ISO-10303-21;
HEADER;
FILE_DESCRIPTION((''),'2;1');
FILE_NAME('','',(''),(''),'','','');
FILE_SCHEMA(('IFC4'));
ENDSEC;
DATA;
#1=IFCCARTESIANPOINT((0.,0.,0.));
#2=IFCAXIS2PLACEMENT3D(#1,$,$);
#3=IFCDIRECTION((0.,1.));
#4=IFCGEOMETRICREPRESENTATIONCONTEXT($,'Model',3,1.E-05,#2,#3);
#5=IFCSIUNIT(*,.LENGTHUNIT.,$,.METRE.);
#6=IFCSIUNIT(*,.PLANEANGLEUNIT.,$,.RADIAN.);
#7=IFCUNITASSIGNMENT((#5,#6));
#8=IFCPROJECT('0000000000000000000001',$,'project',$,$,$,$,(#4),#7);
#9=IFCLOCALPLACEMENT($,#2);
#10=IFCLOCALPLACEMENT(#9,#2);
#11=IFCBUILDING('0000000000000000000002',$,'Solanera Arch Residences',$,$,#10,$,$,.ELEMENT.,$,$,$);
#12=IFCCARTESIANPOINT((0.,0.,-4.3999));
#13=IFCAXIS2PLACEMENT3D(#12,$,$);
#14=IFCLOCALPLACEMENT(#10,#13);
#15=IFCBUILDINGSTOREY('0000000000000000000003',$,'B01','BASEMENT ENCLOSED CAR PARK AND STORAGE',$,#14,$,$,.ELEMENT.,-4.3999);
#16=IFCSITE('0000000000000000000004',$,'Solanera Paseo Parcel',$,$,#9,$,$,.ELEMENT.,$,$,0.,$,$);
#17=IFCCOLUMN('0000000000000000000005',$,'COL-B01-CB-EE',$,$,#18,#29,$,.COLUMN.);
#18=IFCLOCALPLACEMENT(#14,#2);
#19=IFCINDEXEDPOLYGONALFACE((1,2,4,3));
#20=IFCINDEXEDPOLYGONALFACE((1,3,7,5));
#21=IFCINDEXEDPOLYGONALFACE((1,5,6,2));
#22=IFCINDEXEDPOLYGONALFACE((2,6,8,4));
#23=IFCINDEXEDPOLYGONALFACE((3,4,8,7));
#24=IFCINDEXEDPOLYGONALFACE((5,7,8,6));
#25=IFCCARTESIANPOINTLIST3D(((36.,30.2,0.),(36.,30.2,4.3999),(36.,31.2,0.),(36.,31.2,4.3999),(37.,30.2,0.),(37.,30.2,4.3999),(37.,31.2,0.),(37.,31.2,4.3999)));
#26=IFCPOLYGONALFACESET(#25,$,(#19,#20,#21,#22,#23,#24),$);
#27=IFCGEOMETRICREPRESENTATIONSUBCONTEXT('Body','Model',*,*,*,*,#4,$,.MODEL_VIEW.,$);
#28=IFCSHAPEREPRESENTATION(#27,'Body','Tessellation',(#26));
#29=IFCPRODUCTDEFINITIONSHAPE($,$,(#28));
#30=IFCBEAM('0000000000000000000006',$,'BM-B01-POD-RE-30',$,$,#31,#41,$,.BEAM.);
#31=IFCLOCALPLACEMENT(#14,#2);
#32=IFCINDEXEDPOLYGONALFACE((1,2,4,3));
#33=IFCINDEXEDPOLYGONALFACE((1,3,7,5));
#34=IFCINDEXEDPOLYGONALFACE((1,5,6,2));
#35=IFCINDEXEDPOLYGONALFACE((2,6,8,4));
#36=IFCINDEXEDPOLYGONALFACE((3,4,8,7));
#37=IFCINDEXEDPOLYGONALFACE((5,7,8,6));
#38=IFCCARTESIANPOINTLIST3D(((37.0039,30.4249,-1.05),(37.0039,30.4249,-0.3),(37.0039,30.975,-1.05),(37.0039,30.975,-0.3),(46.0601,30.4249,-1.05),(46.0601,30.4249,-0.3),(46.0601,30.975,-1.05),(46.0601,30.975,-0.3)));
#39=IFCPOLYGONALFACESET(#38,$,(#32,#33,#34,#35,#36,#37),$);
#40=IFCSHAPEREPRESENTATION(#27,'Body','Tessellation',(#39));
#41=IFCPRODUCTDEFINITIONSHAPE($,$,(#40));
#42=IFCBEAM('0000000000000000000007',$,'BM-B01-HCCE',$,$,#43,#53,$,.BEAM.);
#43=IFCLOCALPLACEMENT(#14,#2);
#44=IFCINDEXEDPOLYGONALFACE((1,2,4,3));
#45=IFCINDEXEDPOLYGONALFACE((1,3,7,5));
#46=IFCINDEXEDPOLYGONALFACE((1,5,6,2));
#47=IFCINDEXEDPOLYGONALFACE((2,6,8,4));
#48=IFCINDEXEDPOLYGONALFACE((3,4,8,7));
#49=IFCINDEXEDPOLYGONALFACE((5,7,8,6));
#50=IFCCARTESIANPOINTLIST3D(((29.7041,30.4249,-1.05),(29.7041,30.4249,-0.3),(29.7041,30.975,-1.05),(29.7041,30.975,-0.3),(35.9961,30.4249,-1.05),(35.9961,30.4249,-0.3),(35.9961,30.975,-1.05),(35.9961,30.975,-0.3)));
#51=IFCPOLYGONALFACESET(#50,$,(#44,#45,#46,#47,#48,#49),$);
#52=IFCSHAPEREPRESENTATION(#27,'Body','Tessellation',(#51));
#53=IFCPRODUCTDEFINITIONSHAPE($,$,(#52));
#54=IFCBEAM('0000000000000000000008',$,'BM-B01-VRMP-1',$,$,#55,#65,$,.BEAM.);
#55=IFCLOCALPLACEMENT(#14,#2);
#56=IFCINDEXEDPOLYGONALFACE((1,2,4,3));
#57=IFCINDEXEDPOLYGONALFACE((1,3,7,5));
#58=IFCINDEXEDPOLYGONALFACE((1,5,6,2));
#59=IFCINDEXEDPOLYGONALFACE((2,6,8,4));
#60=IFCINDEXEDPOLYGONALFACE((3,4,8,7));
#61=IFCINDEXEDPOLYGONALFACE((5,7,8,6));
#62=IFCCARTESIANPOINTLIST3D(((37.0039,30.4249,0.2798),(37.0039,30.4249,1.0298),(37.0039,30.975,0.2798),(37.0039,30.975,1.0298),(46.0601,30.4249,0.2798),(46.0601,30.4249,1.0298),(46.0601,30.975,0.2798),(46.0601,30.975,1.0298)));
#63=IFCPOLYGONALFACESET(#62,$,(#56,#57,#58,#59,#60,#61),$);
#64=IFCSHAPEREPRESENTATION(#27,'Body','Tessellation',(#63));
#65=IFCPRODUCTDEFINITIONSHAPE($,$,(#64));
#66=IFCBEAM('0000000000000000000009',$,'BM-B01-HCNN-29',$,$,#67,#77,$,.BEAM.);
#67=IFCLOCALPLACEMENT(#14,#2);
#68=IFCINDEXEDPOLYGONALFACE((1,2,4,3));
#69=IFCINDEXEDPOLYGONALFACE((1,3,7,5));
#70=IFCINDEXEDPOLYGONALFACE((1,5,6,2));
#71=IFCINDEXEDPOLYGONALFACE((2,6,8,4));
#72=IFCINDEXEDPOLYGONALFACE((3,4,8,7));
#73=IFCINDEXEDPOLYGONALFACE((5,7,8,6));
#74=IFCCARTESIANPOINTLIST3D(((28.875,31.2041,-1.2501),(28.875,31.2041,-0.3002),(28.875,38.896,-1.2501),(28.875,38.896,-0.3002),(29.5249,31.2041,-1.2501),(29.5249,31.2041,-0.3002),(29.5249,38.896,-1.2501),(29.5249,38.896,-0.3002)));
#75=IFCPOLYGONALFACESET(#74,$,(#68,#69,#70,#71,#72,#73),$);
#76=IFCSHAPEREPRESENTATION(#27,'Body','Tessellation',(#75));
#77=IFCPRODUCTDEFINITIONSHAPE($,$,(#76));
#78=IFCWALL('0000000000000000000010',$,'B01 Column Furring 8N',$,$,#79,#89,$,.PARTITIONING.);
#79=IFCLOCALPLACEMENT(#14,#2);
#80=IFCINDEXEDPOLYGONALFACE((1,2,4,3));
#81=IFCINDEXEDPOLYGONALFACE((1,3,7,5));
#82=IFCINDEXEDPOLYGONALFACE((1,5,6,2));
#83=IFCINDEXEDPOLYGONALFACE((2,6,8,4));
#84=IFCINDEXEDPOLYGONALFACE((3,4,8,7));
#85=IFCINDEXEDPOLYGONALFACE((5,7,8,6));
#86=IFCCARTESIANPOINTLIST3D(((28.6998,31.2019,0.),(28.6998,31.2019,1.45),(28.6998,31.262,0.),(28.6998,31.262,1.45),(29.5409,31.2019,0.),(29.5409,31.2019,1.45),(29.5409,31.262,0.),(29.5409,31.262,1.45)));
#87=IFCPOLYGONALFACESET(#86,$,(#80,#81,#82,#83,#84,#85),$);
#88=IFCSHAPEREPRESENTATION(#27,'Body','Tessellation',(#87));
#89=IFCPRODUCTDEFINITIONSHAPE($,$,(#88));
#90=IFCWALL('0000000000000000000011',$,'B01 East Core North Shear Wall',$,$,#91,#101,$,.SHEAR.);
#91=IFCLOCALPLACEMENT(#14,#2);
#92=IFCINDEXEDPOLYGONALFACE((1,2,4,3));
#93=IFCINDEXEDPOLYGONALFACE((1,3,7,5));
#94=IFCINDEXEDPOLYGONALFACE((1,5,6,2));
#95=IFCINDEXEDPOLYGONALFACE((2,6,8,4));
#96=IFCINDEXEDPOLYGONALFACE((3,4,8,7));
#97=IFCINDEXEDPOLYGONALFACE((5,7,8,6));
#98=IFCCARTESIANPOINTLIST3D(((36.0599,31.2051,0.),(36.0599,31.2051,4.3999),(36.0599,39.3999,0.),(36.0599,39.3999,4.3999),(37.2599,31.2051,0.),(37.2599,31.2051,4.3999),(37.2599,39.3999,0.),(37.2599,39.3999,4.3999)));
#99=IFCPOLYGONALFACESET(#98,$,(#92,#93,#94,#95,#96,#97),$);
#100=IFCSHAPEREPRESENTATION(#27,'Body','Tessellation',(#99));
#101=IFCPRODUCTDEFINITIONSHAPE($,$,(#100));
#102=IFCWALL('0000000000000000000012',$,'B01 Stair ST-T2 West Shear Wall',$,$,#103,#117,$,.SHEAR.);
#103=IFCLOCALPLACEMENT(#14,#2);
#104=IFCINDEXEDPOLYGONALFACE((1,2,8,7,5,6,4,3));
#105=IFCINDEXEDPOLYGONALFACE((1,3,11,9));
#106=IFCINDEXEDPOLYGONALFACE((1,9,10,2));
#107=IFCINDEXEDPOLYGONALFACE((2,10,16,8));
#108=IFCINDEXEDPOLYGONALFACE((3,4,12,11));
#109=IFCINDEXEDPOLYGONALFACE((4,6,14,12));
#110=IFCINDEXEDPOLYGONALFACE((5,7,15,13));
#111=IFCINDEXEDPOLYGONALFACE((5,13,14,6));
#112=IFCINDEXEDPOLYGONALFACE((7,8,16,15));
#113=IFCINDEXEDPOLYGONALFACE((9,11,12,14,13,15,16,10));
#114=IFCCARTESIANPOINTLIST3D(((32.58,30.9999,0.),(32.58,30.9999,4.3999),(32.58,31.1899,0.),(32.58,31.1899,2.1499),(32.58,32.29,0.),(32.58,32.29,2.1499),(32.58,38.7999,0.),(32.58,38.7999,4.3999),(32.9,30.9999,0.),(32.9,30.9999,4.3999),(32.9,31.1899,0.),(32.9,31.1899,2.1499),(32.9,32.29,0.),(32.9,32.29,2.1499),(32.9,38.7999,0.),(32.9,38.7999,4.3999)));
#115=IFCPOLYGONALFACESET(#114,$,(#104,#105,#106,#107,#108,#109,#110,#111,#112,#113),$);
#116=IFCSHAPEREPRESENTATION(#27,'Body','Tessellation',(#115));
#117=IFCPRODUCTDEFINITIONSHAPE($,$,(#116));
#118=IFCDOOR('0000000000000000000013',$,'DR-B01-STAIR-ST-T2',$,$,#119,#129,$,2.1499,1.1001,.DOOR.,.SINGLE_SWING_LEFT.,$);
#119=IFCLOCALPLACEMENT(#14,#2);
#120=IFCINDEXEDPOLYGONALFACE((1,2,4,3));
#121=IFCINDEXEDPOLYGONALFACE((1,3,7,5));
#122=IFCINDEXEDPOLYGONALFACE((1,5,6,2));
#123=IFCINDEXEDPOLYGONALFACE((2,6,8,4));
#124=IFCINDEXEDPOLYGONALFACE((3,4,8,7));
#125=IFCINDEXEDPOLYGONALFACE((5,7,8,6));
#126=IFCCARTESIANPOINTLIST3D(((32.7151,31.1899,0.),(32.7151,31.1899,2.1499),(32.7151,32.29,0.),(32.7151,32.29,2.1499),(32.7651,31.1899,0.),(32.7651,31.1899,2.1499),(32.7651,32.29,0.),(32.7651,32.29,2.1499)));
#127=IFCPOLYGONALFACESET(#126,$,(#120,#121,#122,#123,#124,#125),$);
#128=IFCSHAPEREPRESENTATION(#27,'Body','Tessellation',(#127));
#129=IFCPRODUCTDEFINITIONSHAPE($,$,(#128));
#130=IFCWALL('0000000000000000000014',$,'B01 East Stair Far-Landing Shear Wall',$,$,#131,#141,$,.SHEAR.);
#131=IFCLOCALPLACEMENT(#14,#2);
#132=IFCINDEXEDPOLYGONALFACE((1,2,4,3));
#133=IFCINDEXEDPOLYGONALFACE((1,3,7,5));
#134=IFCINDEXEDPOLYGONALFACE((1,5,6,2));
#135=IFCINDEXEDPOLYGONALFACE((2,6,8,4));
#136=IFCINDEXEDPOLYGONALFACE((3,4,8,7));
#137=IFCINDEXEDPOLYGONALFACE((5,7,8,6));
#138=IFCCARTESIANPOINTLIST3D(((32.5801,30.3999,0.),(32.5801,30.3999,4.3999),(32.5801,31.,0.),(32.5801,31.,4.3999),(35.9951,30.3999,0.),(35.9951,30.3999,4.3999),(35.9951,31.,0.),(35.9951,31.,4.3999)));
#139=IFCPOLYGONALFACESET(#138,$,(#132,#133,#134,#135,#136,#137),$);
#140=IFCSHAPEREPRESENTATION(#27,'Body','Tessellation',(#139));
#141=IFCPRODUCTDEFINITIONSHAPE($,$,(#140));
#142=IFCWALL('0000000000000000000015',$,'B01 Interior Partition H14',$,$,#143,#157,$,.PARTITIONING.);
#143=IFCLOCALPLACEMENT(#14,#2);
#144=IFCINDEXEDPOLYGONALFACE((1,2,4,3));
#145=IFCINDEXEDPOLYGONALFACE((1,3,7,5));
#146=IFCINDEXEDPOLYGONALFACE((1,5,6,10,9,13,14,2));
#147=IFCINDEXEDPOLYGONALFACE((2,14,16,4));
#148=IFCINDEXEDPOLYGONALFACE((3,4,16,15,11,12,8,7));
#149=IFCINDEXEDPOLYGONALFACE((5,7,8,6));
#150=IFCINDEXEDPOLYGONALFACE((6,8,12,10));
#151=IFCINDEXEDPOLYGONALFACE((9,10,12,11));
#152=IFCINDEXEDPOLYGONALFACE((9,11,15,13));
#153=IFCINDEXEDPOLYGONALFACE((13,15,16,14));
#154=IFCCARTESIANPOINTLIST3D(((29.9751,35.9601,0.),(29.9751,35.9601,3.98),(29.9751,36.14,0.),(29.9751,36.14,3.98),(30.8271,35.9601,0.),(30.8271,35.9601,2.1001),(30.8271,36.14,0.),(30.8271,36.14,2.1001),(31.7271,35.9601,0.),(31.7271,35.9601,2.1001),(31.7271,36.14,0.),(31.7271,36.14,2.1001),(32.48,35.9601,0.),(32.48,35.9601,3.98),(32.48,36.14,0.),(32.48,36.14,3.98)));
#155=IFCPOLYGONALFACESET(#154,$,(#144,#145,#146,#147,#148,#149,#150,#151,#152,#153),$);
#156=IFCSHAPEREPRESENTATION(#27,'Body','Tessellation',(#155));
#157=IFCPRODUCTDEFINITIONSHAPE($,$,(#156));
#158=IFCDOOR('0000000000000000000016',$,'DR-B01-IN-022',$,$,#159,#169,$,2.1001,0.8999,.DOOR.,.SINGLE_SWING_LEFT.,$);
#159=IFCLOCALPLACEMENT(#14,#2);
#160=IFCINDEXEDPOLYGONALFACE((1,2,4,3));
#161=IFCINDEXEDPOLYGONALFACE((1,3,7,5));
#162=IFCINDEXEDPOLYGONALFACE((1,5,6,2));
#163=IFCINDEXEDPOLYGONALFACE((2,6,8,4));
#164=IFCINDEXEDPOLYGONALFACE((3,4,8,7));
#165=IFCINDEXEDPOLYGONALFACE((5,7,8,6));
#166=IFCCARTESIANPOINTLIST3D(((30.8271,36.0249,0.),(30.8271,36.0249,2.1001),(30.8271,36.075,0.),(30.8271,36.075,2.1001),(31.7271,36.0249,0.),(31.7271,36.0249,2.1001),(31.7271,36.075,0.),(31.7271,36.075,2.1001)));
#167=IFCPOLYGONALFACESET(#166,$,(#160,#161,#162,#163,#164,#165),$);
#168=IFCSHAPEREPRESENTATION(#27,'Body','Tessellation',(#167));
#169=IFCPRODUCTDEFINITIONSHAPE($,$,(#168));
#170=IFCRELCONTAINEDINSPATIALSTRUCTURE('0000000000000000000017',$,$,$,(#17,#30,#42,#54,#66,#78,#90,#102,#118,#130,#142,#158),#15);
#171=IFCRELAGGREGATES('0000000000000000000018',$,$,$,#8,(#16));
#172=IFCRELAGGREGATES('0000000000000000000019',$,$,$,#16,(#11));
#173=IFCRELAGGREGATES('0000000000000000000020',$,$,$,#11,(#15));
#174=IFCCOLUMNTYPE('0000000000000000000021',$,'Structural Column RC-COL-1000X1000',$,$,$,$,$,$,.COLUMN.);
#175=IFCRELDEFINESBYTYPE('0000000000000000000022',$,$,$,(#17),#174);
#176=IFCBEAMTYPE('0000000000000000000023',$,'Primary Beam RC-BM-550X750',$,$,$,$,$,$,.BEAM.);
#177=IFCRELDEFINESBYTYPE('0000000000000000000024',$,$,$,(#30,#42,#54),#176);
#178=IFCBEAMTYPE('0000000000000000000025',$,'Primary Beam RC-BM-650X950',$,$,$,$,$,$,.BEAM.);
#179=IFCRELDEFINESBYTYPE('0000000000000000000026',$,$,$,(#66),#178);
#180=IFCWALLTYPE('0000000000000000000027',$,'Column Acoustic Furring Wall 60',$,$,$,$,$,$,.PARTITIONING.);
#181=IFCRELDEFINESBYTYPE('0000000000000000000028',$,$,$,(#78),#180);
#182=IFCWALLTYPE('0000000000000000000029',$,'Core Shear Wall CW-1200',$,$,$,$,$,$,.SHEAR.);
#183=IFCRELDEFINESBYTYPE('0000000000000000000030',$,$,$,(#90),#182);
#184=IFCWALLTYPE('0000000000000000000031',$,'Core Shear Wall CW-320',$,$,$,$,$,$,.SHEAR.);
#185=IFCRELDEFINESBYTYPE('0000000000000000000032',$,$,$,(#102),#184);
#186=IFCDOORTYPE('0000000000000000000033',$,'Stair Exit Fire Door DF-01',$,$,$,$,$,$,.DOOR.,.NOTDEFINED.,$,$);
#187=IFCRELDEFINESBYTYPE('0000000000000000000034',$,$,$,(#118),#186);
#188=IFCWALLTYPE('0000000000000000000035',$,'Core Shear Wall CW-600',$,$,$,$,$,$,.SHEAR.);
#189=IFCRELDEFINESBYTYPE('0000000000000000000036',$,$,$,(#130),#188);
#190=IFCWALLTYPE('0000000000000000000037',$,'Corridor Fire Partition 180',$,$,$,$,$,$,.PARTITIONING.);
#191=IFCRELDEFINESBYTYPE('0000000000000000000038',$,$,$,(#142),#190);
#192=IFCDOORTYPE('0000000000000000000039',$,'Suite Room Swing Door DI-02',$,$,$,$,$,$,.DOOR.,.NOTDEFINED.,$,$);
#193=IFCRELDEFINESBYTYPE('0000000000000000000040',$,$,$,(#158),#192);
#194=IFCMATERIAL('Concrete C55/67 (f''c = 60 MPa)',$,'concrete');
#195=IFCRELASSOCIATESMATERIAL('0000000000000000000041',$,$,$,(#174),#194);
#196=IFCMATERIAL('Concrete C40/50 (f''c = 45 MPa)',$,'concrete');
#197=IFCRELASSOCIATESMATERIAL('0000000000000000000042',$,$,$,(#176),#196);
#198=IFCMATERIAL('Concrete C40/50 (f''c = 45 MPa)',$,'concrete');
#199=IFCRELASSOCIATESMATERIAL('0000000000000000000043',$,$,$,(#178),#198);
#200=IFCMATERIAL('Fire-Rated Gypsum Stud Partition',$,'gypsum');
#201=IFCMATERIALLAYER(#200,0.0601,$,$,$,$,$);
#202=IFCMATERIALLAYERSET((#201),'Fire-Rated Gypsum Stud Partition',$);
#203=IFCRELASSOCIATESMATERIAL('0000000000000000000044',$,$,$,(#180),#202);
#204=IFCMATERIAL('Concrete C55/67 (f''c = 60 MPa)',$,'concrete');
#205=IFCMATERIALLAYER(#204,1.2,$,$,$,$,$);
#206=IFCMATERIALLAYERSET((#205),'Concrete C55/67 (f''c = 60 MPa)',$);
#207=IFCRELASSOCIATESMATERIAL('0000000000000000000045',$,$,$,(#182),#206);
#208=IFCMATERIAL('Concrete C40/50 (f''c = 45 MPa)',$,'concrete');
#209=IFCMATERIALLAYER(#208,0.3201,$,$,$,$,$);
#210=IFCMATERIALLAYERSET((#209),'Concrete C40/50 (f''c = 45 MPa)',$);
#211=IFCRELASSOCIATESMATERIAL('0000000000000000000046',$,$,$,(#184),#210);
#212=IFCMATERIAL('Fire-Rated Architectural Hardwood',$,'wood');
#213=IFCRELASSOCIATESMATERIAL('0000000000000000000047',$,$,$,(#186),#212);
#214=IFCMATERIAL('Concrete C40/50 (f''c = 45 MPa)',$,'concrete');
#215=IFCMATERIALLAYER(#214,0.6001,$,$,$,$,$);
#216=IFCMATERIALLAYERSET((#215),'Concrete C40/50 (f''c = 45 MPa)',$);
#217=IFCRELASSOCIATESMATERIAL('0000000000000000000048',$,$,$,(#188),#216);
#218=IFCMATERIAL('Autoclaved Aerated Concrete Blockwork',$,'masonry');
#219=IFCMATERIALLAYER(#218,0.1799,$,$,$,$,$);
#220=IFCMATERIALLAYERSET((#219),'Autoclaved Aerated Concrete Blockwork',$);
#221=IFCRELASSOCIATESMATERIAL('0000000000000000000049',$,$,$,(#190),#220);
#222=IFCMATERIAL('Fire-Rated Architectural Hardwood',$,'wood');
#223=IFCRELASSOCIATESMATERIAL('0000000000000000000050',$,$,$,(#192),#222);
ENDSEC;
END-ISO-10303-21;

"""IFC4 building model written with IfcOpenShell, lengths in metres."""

from ifc_helpers import new_model, si_unit, direction, frame, frame_2d, origin, origin_2d, place, context, subcontext, project, spatial, rectangle, extrude, material, layer, layer_set, material_profile, profile_set, type_object, element, fill, save


model = new_model("IFC4")

# Units and contexts
model_context = context("Model", 3, precision=1e-05, world=origin(), true_north=direction((0.0, 1.0)))
body_context = subcontext(model_context, "Body", "Model", "MODEL_VIEW")
ifc_project = project(units=[si_unit("LENGTHUNIT", "METRE"), si_unit("PLANEANGLEUNIT", "RADIAN")], contexts=[model_context])

# Site, building, storey
site_placement = place(None, origin())
site = spatial("IfcSite", under=ifc_project, at=site_placement, Name="Solanera Paseo Parcel", CompositionType="ELEMENT", RefElevation=0.0)
building_placement = place(site_placement, origin())
building = spatial("IfcBuilding", under=site, at=building_placement, Name="Solanera Arch Residences", CompositionType="ELEMENT")
storey_placement = place(building_placement, frame((0.0, 0.0, -4.3999)))
storey = spatial("IfcBuildingStorey", under=building, at=storey_placement, Name="B01", Description="BASEMENT ENCLOSED CAR PARK AND STORAGE", CompositionType="ELEMENT", Elevation=-4.3999)

# Column
ifc_material_1 = material(Name="Concrete C55/67 (f'c = 60 MPa)", Category="concrete")
ifc_material_profile_1 = material_profile(ifc_material_1, rectangle(XDim=1.0, YDim=1.0, at=origin_2d()))
ifc_profile_set_1 = profile_set([ifc_material_profile_1], Name="Concrete C55/67 (f'c = 60 MPa)")
column_type = type_object("IfcColumnType", Name="Structural Column RC-COL-1000X1000", PredefinedType="COLUMN", material=ifc_profile_set_1)
column_placement = place(storey_placement, frame((36.5, 30.7, 0.0), z_axis=(0.0, 0.0, 1.0), x_axis=(1.0, 0.0, 0.0)))
element("IfcColumn", 1, at=column_placement, inside=storey, type_object=column_type, Name="COL-B01-CB-EE", PredefinedType="COLUMN", context=body_context, shape_type="SweptSolid", body=[
    extrude(rectangle(XDim=1.0, YDim=1.0, at=origin_2d()), origin(), (0.0, 0.0, 1.0), 4.3999),
])

# Beams
ifc_material_2 = material(Name="Concrete C40/50 (f'c = 45 MPa)", Category="concrete")
ifc_material_profile_2 = material_profile(ifc_material_2, rectangle(XDim=0.55, YDim=0.75, at=origin_2d()))
ifc_profile_set_2 = profile_set([ifc_material_profile_2], Name="Concrete C40/50 (f'c = 45 MPa)")
beam_type_1 = type_object("IfcBeamType", Name="Primary Beam RC-BM-550X750", PredefinedType="BEAM", material=ifc_profile_set_2)
beam_1_placement = place(storey_placement, frame((37.0039, 30.7, -0.675), z_axis=(1.0, 0.0, 0.0), x_axis=(0.0, 1.0, 0.0)))
element("IfcBeam", 2, at=beam_1_placement, inside=storey, type_object=beam_type_1, Name="BM-B01-POD-RE-30", PredefinedType="BEAM", context=body_context, shape_type="SweptSolid", body=[
    extrude(rectangle(XDim=0.55, YDim=0.75, at=origin_2d()), origin(), (0.0, 0.0, 1.0), 9.0562),
])
beam_2_placement = place(storey_placement, frame((29.7041, 30.7, -0.675), z_axis=(1.0, 0.0, 0.0), x_axis=(0.0, 1.0, 0.0)))
element("IfcBeam", 3, at=beam_2_placement, inside=storey, type_object=beam_type_1, Name="BM-B01-HCCE", PredefinedType="BEAM", context=body_context, shape_type="SweptSolid", body=[
    extrude(rectangle(XDim=0.55, YDim=0.75, at=origin_2d()), origin(), (0.0, 0.0, 1.0), 6.292),
])
beam_3_placement = place(storey_placement, frame((37.0039, 30.7, 0.6548), z_axis=(1.0, 0.0, 0.0), x_axis=(0.0, 1.0, 0.0)))
element("IfcBeam", 4, at=beam_3_placement, inside=storey, type_object=beam_type_1, Name="BM-B01-VRMP-1", PredefinedType="BEAM", context=body_context, shape_type="SweptSolid", body=[
    extrude(rectangle(XDim=0.55, YDim=0.75, at=origin_2d()), origin(), (0.0, 0.0, 1.0), 9.0562),
])
ifc_material_3 = material(Name="Concrete C40/50 (f'c = 45 MPa)", Category="concrete")
ifc_material_profile_3 = material_profile(ifc_material_3, rectangle(XDim=0.6499, YDim=0.95, at=origin_2d()))
ifc_profile_set_3 = profile_set([ifc_material_profile_3], Name="Concrete C40/50 (f'c = 45 MPa)")
beam_type_2 = type_object("IfcBeamType", Name="Primary Beam RC-BM-650X950", PredefinedType="BEAM", material=ifc_profile_set_3)
beam_4_placement = place(storey_placement, frame((29.2, 31.2041, -0.7751), z_axis=(0.0, 1.0, 0.0), x_axis=(-1.0, 0.0, 0.0)))
element("IfcBeam", 5, at=beam_4_placement, inside=storey, type_object=beam_type_2, Name="BM-B01-HCNN-29", PredefinedType="BEAM", context=body_context, shape_type="SweptSolid", body=[
    extrude(rectangle(XDim=0.6499, YDim=0.95, at=origin_2d()), origin(), (0.0, 0.0, 1.0), 7.6919),
])

# Walls
ifc_material_4 = material(Name="Fire-Rated Gypsum Stud Partition", Category="gypsum")
ifc_layer_1 = layer(ifc_material_4, 0.0601)
ifc_layer_set_1 = layer_set([ifc_layer_1], Name="Fire-Rated Gypsum Stud Partition")
wall_type_1 = type_object("IfcWallType", Name="Column Acoustic Furring Wall 60", PredefinedType="PARTITIONING", material=ifc_layer_set_1)
wall_1_placement = place(storey_placement, frame((28.7, 31.2319, 0.0), z_axis=(0.0, 0.0, 1.0), x_axis=(1.0, 0.0, 0.0)))
element("IfcWall", 6, at=wall_1_placement, inside=storey, type_object=wall_type_1, Name="B01 Column Furring 8N", PredefinedType="PARTITIONING", context=body_context, shape_type="SweptSolid", body=[
    extrude(rectangle(XDim=0.8411, YDim=0.0601, at=frame_2d((0.4204, 0.0))), origin(), (0.0, 0.0, 1.0), 1.45),
])
ifc_material_5 = material(Name="Concrete C55/67 (f'c = 60 MPa)", Category="concrete")
ifc_layer_2 = layer(ifc_material_5, 1.2)
ifc_layer_set_2 = layer_set([ifc_layer_2], Name="Concrete C55/67 (f'c = 60 MPa)")
wall_type_2 = type_object("IfcWallType", Name="Core Shear Wall CW-1200", PredefinedType="SHEAR", material=ifc_layer_set_2)
wall_2_placement = place(storey_placement, frame((36.6599, 31.2051, 0.0), z_axis=(0.0, 0.0, 1.0), x_axis=(0.0, 1.0, 0.0)))
element("IfcWall", 7, at=wall_2_placement, inside=storey, type_object=wall_type_2, Name="B01 East Core North Shear Wall", PredefinedType="SHEAR", context=body_context, shape_type="SweptSolid", body=[
    extrude(rectangle(XDim=8.1948, YDim=1.2, at=frame_2d((4.0974, 0.0))), origin(), (0.0, 0.0, 1.0), 4.3999),
])

# Wall, opening, door
ifc_material_6 = material(Name="Concrete C40/50 (f'c = 45 MPa)", Category="concrete")
ifc_layer_3 = layer(ifc_material_6, 0.3201)
ifc_layer_set_3 = layer_set([ifc_layer_3], Name="Concrete C40/50 (f'c = 45 MPa)")
wall_type_3 = type_object("IfcWallType", Name="Core Shear Wall CW-320", PredefinedType="SHEAR", material=ifc_layer_set_3)
wall_3_placement = place(storey_placement, frame((32.74, 31.0, 0.0), z_axis=(0.0, 0.0, 1.0), x_axis=(0.0, 1.0, 0.0)))
wall_3 = element("IfcWall", 8, at=wall_3_placement, inside=storey, type_object=wall_type_3, Name="B01 Stair ST-T2 West Shear Wall", PredefinedType="SHEAR", context=body_context, shape_type="SweptSolid", body=[
    extrude(rectangle(XDim=7.8, YDim=0.3201, at=frame_2d((3.8999, 0.0))), origin(), (0.0, 0.0, 1.0), 4.3999),
])
opening_1_placement = place(wall_3_placement, frame((0.1899, 0.0, 0.0)))
opening_1 = element("IfcOpeningElement", 9, at=opening_1_placement, cuts=wall_3, PredefinedType="OPENING", context=body_context, shape_type="SweptSolid", body=[
    extrude(rectangle(XDim=1.1001, YDim=2.1499, at=frame_2d((0.55, 1.075))), frame((0.0, 0.1699, 0.0), z_axis=(0.0, -1.0, 0.0), x_axis=(1.0, 0.0, 0.0)), (0.0, 0.0, 1.0), 0.3401),
])
ifc_material_7 = material(Name="Fire-Rated Architectural Hardwood", Category="wood")
door_type_1 = type_object("IfcDoorType", Name="Stair Exit Fire Door DF-01", OperationType="NOTDEFINED", PredefinedType="DOOR", material=ifc_material_7)
door_1_placement = place(opening_1_placement, origin())
door_1 = element("IfcDoor", 10, at=door_1_placement, inside=storey, type_object=door_type_1, Name="DR-B01-STAIR-ST-T2", OperationType="SINGLE_SWING_LEFT", OverallHeight=2.1499, OverallWidth=1.1001, PredefinedType="DOOR", context=body_context, shape_type="SweptSolid", body=[
    extrude(rectangle(XDim=1.1001, YDim=2.1499, at=frame_2d((0.55, 1.075))), frame((0.0, 0.0249, 0.0), z_axis=(0.0, -1.0, 0.0), x_axis=(1.0, 0.0, 0.0)), (0.0, 0.0, 1.0), 0.05),
])
fill(opening_1, door_1)

# Wall
ifc_material_8 = material(Name="Concrete C40/50 (f'c = 45 MPa)", Category="concrete")
ifc_layer_4 = layer(ifc_material_8, 0.6001)
ifc_layer_set_4 = layer_set([ifc_layer_4], Name="Concrete C40/50 (f'c = 45 MPa)")
wall_type_4 = type_object("IfcWallType", Name="Core Shear Wall CW-600", PredefinedType="SHEAR", material=ifc_layer_set_4)
wall_4_placement = place(storey_placement, frame((32.5801, 30.7, 0.0), z_axis=(0.0, 0.0, 1.0), x_axis=(1.0, 0.0, 0.0)))
element("IfcWall", 11, at=wall_4_placement, inside=storey, type_object=wall_type_4, Name="B01 East Stair Far-Landing Shear Wall", PredefinedType="SHEAR", context=body_context, shape_type="SweptSolid", body=[
    extrude(rectangle(XDim=3.415, YDim=0.6001, at=frame_2d((1.7075, 0.0))), origin(), (0.0, 0.0, 1.0), 4.3999),
])

# Wall, opening, door
ifc_material_9 = material(Name="Autoclaved Aerated Concrete Blockwork", Category="masonry")
ifc_layer_5 = layer(ifc_material_9, 0.1799)
ifc_layer_set_5 = layer_set([ifc_layer_5], Name="Autoclaved Aerated Concrete Blockwork")
wall_type_5 = type_object("IfcWallType", Name="Corridor Fire Partition 180", PredefinedType="PARTITIONING", material=ifc_layer_set_5)
wall_5_placement = place(storey_placement, frame((29.9751, 36.05, 0.0), z_axis=(0.0, 0.0, 1.0), x_axis=(1.0, 0.0, 0.0)))
wall_5 = element("IfcWall", 12, at=wall_5_placement, inside=storey, type_object=wall_type_5, Name="B01 Interior Partition H14", PredefinedType="PARTITIONING", context=body_context, shape_type="SweptSolid", body=[
    extrude(rectangle(XDim=2.5049, YDim=0.1799, at=frame_2d((1.2524, 0.0))), origin(), (0.0, 0.0, 1.0), 3.98),
])
opening_2_placement = place(wall_5_placement, frame((0.8521, 0.0, 0.0)))
opening_2 = element("IfcOpeningElement", 13, at=opening_2_placement, cuts=wall_5, PredefinedType="OPENING", context=body_context, shape_type="SweptSolid", body=[
    extrude(rectangle(XDim=0.8999, YDim=2.1001, at=frame_2d((0.45, 1.05))), frame((0.0, 0.1001, 0.0), z_axis=(0.0, -1.0, 0.0), x_axis=(1.0, 0.0, 0.0)), (0.0, 0.0, 1.0), 0.1999),
])
ifc_material_10 = material(Name="Fire-Rated Architectural Hardwood", Category="wood")
door_type_2 = type_object("IfcDoorType", Name="Suite Room Swing Door DI-02", OperationType="NOTDEFINED", PredefinedType="DOOR", material=ifc_material_10)
door_2_placement = place(opening_2_placement, origin())
door_2 = element("IfcDoor", 14, at=door_2_placement, inside=storey, type_object=door_type_2, Name="DR-B01-IN-022", OperationType="SINGLE_SWING_LEFT", OverallHeight=2.1001, OverallWidth=0.8999, PredefinedType="DOOR", context=body_context, shape_type="SweptSolid", body=[
    extrude(rectangle(XDim=0.8999, YDim=2.1001, at=frame_2d((0.45, 1.05))), frame((0.0, 0.0249, 0.0), z_axis=(0.0, -1.0, 0.0), x_axis=(1.0, 0.0, 0.0)), (0.0, 0.0, 1.0), 0.05),
])
fill(opening_2, door_2)

save(model, "model.ifc")
